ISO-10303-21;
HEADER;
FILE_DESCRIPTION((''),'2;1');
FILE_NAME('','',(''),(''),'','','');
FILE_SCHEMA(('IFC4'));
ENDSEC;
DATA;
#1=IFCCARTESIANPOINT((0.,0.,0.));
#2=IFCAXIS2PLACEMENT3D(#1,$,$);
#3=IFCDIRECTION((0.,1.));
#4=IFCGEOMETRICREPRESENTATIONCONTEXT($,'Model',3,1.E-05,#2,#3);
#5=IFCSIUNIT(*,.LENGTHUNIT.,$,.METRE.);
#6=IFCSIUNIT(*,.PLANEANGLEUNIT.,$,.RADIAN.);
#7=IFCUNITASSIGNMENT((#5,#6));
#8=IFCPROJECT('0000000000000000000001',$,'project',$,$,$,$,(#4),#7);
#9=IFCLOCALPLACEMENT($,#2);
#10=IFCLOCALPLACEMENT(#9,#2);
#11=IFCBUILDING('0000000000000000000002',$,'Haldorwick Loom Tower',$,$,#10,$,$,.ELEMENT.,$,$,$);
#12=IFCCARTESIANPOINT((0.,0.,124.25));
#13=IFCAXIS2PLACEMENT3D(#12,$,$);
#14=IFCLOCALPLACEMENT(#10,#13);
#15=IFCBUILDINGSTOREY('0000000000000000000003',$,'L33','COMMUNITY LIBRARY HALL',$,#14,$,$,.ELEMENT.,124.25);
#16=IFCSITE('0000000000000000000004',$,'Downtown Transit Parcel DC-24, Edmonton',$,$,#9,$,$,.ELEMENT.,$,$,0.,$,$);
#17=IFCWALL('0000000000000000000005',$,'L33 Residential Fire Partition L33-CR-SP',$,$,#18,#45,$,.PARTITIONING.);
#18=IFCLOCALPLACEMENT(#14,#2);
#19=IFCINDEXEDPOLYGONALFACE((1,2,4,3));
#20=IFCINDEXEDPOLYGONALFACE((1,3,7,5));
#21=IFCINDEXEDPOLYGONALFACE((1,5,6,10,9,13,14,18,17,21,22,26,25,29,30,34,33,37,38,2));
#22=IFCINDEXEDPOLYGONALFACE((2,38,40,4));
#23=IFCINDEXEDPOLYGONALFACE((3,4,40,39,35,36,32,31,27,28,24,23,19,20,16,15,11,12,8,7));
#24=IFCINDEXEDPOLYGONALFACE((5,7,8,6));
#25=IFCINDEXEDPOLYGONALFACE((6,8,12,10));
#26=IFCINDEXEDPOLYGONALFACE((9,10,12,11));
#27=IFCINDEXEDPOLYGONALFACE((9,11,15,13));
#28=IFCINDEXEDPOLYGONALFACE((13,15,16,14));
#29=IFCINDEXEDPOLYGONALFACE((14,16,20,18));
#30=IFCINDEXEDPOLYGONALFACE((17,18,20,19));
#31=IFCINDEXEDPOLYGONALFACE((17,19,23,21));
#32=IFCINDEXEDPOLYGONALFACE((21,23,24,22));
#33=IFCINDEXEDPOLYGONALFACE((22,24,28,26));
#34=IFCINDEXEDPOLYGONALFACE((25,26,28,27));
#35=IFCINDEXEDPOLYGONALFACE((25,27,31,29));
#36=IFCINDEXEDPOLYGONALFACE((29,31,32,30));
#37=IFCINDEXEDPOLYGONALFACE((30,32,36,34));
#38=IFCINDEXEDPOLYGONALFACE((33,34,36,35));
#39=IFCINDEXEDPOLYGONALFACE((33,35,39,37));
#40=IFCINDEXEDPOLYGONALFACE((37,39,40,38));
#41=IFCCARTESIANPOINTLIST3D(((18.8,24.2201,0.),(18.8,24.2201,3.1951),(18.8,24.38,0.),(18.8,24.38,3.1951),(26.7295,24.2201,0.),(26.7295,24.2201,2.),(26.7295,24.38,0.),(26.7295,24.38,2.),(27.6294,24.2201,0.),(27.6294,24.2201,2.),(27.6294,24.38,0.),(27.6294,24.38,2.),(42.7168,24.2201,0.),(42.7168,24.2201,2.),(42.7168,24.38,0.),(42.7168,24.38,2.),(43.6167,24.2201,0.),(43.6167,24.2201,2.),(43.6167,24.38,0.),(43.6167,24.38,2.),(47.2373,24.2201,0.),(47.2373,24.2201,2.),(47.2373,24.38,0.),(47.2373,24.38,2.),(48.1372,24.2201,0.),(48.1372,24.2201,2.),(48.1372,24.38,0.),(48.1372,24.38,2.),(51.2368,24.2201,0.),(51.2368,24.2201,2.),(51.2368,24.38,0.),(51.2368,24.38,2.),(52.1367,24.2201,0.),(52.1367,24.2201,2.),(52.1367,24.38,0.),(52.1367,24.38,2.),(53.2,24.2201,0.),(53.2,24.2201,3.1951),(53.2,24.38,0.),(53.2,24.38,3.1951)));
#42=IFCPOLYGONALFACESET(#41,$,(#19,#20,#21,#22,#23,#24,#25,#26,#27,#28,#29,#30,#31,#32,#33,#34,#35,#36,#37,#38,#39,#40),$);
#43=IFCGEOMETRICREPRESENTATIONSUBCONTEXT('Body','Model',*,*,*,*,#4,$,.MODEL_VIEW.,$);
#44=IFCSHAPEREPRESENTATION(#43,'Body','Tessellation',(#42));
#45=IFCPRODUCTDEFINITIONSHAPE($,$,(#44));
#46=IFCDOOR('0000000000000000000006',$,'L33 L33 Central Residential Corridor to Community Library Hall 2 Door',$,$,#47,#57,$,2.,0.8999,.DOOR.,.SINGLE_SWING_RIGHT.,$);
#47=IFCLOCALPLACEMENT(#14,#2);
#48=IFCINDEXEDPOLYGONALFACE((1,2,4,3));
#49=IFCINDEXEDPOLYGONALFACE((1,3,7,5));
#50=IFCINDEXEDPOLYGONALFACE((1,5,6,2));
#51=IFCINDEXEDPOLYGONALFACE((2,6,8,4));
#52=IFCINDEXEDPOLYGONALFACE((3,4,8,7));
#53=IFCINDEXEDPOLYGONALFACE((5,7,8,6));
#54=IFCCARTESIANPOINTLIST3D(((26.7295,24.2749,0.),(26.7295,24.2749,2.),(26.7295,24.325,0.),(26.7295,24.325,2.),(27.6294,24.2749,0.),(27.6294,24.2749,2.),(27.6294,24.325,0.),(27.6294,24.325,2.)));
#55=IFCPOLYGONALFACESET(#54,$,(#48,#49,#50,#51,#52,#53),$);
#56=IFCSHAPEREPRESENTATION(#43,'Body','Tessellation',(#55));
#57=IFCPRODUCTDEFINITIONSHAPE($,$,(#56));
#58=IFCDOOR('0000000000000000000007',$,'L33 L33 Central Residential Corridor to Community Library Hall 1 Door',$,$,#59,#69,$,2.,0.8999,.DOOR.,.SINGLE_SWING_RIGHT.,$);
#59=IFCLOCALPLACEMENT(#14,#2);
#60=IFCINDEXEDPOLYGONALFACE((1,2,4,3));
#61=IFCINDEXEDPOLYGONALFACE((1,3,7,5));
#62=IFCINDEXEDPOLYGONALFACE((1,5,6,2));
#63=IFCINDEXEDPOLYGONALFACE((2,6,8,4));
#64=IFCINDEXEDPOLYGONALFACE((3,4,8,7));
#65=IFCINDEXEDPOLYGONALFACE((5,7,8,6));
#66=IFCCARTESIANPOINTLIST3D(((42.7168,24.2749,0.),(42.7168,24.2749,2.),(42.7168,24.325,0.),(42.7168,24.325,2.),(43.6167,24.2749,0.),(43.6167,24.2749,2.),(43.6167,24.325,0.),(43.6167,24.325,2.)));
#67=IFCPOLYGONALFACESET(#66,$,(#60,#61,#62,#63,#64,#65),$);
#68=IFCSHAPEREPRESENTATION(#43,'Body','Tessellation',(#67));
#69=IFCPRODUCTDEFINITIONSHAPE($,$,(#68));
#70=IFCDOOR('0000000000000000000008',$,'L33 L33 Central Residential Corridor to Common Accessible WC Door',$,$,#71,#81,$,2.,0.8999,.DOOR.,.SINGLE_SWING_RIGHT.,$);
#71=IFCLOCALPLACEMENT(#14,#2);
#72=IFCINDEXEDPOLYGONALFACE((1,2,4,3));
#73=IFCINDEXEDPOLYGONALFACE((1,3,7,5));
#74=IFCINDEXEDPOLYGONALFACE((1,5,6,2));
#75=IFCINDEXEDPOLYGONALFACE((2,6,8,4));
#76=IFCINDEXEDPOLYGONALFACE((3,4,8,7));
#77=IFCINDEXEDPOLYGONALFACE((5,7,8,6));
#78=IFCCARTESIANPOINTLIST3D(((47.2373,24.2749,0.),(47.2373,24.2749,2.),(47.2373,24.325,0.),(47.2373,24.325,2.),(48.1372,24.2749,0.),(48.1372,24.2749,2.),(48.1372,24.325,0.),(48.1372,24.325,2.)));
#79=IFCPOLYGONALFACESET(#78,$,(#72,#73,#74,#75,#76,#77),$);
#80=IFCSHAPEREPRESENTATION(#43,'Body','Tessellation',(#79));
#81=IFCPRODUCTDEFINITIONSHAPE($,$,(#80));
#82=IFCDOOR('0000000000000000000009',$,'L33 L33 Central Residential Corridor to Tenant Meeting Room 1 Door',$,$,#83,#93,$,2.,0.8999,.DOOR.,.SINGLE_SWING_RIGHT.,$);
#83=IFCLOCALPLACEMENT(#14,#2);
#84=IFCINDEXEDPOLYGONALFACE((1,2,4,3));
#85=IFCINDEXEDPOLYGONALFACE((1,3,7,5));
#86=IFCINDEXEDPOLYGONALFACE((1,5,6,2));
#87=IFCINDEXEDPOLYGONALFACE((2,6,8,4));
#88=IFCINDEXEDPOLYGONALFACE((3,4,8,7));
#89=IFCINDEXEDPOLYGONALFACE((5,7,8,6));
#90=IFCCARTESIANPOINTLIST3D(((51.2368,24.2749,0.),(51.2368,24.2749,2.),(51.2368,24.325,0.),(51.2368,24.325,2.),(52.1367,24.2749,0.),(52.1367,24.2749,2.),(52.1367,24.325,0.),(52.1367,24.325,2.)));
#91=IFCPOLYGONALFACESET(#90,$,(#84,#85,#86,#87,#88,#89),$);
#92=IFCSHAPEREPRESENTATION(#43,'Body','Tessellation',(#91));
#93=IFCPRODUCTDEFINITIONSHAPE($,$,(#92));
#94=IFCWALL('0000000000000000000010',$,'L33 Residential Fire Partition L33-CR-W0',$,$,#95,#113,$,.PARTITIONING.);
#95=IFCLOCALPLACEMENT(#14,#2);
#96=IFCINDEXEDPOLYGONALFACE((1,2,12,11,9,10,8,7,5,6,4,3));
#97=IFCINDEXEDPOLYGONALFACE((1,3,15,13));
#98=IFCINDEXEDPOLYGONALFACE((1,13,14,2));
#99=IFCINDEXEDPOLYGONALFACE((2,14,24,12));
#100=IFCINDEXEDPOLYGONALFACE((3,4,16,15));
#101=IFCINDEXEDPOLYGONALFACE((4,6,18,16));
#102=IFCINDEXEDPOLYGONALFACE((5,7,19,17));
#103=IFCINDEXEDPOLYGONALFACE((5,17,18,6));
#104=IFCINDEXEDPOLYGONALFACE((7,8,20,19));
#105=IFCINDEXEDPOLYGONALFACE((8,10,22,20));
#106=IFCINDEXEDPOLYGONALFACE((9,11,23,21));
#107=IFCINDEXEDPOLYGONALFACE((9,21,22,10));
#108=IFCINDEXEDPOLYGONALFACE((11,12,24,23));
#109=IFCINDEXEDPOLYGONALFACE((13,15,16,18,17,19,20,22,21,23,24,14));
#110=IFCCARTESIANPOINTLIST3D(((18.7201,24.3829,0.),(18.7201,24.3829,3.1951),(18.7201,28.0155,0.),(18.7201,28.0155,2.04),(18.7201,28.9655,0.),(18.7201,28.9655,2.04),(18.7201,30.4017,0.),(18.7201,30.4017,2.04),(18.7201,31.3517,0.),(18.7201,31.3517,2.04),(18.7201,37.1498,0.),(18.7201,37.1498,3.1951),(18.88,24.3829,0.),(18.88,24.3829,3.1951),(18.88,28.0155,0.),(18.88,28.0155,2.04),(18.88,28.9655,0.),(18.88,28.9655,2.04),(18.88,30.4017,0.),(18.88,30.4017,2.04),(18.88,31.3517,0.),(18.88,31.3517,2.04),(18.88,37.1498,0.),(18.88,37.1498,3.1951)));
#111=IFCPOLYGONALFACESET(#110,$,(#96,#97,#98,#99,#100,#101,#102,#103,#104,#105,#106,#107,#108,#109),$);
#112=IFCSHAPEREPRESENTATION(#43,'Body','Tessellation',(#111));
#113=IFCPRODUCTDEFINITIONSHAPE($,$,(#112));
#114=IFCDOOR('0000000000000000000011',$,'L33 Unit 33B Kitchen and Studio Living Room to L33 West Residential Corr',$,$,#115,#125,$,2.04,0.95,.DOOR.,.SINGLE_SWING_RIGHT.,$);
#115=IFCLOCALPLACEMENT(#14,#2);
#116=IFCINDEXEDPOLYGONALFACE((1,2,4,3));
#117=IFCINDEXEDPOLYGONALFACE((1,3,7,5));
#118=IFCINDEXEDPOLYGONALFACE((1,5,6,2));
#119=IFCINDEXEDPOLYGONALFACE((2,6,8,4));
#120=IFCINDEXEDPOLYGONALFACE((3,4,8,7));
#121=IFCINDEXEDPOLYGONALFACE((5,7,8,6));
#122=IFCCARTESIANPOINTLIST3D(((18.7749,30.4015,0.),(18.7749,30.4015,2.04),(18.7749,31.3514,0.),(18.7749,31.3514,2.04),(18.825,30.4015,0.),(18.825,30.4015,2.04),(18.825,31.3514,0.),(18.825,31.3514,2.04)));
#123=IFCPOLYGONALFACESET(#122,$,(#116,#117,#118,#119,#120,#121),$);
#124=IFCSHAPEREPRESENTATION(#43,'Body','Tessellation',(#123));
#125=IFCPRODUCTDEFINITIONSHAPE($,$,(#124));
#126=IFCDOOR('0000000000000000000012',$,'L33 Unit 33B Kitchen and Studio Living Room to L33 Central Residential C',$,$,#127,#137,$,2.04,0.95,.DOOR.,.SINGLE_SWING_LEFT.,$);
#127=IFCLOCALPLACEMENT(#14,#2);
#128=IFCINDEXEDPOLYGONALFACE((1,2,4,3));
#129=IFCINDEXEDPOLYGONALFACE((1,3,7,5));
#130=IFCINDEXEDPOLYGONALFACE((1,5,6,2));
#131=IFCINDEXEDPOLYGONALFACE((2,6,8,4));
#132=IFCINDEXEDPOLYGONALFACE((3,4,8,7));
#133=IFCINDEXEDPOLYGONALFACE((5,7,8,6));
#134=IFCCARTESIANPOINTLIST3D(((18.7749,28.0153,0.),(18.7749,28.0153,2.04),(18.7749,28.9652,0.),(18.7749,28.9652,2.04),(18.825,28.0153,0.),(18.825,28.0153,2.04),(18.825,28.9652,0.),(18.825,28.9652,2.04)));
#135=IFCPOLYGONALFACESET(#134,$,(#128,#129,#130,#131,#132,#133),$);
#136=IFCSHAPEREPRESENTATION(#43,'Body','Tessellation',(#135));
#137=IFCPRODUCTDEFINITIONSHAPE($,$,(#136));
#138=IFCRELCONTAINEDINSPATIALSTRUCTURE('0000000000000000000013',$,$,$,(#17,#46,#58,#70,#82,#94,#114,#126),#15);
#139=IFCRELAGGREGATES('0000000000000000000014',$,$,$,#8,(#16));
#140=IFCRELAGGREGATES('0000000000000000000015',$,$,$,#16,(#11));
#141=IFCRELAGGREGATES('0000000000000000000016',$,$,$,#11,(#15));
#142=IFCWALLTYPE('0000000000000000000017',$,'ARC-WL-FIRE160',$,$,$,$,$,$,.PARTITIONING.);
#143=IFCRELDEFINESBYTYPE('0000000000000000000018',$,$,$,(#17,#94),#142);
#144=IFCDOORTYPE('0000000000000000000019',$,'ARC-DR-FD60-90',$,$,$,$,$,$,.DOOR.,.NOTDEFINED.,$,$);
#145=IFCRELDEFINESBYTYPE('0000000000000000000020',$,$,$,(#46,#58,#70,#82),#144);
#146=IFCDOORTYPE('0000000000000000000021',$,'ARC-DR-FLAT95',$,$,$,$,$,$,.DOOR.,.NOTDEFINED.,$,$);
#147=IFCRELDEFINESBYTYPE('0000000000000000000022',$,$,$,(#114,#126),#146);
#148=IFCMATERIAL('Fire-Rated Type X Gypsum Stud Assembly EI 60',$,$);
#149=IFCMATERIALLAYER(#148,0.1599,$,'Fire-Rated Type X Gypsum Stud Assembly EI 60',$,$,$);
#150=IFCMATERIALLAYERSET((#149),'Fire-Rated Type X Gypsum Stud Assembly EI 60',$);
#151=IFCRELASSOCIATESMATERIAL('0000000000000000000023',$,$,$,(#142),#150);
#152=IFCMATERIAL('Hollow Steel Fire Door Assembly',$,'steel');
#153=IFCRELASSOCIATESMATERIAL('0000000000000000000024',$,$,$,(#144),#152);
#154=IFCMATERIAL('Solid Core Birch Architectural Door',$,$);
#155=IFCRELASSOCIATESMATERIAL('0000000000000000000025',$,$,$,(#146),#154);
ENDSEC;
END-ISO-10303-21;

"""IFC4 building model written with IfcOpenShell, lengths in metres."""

from ifc_helpers import new_model, si_unit, direction, frame, frame_2d, origin, place, context, subcontext, project, spatial, rectangle, extrude, material, layer, layer_set, type_object, element, fill, save


model = new_model("IFC4")

# Units and contexts
model_context = context("Model", 3, precision=1e-05, world=origin(), true_north=direction((0.0, 1.0)))
body_context = subcontext(model_context, "Body", "Model", "MODEL_VIEW")
ifc_project = project(units=[si_unit("LENGTHUNIT", "METRE"), si_unit("PLANEANGLEUNIT", "RADIAN")], contexts=[model_context])

# Site, building, storey
site_placement = place(None, origin())
site = spatial("IfcSite", under=ifc_project, at=site_placement, Name="Downtown Transit Parcel DC-24, Edmonton", CompositionType="ELEMENT", RefElevation=0.0)
building_placement = place(site_placement, origin())
building = spatial("IfcBuilding", under=site, at=building_placement, Name="Haldorwick Loom Tower", CompositionType="ELEMENT")
storey_placement = place(building_placement, frame((0.0, 0.0, 124.25)))
storey = spatial("IfcBuildingStorey", under=building, at=storey_placement, Name="L33", Description="COMMUNITY LIBRARY HALL", CompositionType="ELEMENT", Elevation=124.25)

# Walls, openings, doors
ifc_material_1 = material(Name="Fire-Rated Type X Gypsum Stud Assembly EI 60")
ifc_layer_1 = layer(ifc_material_1, 0.1599, Name="Fire-Rated Type X Gypsum Stud Assembly EI 60")
ifc_layer_set_1 = layer_set([ifc_layer_1], Name="Fire-Rated Type X Gypsum Stud Assembly EI 60")
wall_type_1 = type_object("IfcWallType", Name="ARC-WL-FIRE160", PredefinedType="PARTITIONING", material=ifc_layer_set_1)
wall_1_placement = place(storey_placement, frame((18.8, 24.3, 0.0), z_axis=(0.0, 0.0, 1.0), x_axis=(1.0, 0.0, 0.0)))
wall_1 = element("IfcWall", 1, at=wall_1_placement, inside=storey, type_object=wall_type_1, Name="L33 Residential Fire Partition L33-CR-SP", PredefinedType="PARTITIONING", context=body_context, shape_type="SweptSolid", body=[
    extrude(rectangle(XDim=34.3999, YDim=0.1599, at=frame_2d((17.2, 0.0))), origin(), (0.0, 0.0, 1.0), 3.1951),
])
opening_1_placement = place(wall_1_placement, frame((7.9294, 0.0, 0.0)))
opening_1 = element("IfcOpeningElement", 2, at=opening_1_placement, cuts=wall_1, PredefinedType="OPENING", context=body_context, shape_type="SweptSolid", body=[
    extrude(rectangle(XDim=0.8999, YDim=2.0, at=frame_2d((0.45, 1.0))), frame((0.0, 0.0898, 0.0), z_axis=(0.0, -1.0, 0.0), x_axis=(1.0, 0.0, 0.0)), (0.0, 0.0, 1.0), 0.1799),
])
opening_2_placement = place(wall_1_placement, frame((23.9167, 0.0, 0.0)))
opening_2 = element("IfcOpeningElement", 3, at=opening_2_placement, cuts=wall_1, PredefinedType="OPENING", context=body_context, shape_type="SweptSolid", body=[
    extrude(rectangle(XDim=0.8999, YDim=2.0, at=frame_2d((0.45, 1.0))), frame((0.0, 0.0898, 0.0), z_axis=(0.0, -1.0, 0.0), x_axis=(1.0, 0.0, 0.0)), (0.0, 0.0, 1.0), 0.1799),
])
opening_3_placement = place(wall_1_placement, frame((28.4373, 0.0, 0.0)))
opening_3 = element("IfcOpeningElement", 4, at=opening_3_placement, cuts=wall_1, PredefinedType="OPENING", context=body_context, shape_type="SweptSolid", body=[
    extrude(rectangle(XDim=0.8999, YDim=2.0, at=frame_2d((0.45, 1.0))), frame((0.0, 0.0898, 0.0), z_axis=(0.0, -1.0, 0.0), x_axis=(1.0, 0.0, 0.0)), (0.0, 0.0, 1.0), 0.1799),
])
opening_4_placement = place(wall_1_placement, frame((32.4368, 0.0, 0.0)))
opening_4 = element("IfcOpeningElement", 5, at=opening_4_placement, cuts=wall_1, PredefinedType="OPENING", context=body_context, shape_type="SweptSolid", body=[
    extrude(rectangle(XDim=0.8999, YDim=2.0, at=frame_2d((0.45, 1.0))), frame((0.0, 0.0898, 0.0), z_axis=(0.0, -1.0, 0.0), x_axis=(1.0, 0.0, 0.0)), (0.0, 0.0, 1.0), 0.1799),
])
ifc_material_2 = material(Name="Hollow Steel Fire Door Assembly", Category="steel")
door_type_1 = type_object("IfcDoorType", Name="ARC-DR-FD60-90", OperationType="NOTDEFINED", PredefinedType="DOOR", material=ifc_material_2)
door_1_placement = place(opening_1_placement, origin())
door_1 = element("IfcDoor", 6, at=door_1_placement, inside=storey, type_object=door_type_1, Name="L33 L33 Central Residential Corridor to Community Library Hall 2 Door", OperationType="SINGLE_SWING_RIGHT", OverallHeight=2.0, OverallWidth=0.8999, PredefinedType="DOOR", context=body_context, shape_type="SweptSolid", body=[
    extrude(rectangle(XDim=0.8999, YDim=2.0, at=frame_2d((0.45, 1.0))), frame((0.0, 0.0249, 0.0), z_axis=(0.0, -1.0, 0.0), x_axis=(1.0, 0.0, 0.0)), (0.0, 0.0, 1.0), 0.05),
])
fill(opening_1, door_1)
door_2_placement = place(opening_2_placement, origin())
door_2 = element("IfcDoor", 7, at=door_2_placement, inside=storey, type_object=door_type_1, Name="L33 L33 Central Residential Corridor to Community Library Hall 1 Door", OperationType="SINGLE_SWING_RIGHT", OverallHeight=2.0, OverallWidth=0.8999, PredefinedType="DOOR", context=body_context, shape_type="SweptSolid", body=[
    extrude(rectangle(XDim=0.8999, YDim=2.0, at=frame_2d((0.45, 1.0))), frame((0.0, 0.0249, 0.0), z_axis=(0.0, -1.0, 0.0), x_axis=(1.0, 0.0, 0.0)), (0.0, 0.0, 1.0), 0.05),
])
fill(opening_2, door_2)
door_3_placement = place(opening_3_placement, origin())
door_3 = element("IfcDoor", 8, at=door_3_placement, inside=storey, type_object=door_type_1, Name="L33 L33 Central Residential Corridor to Common Accessible WC Door", OperationType="SINGLE_SWING_RIGHT", OverallHeight=2.0, OverallWidth=0.8999, PredefinedType="DOOR", context=body_context, shape_type="SweptSolid", body=[
    extrude(rectangle(XDim=0.8999, YDim=2.0, at=frame_2d((0.45, 1.0))), frame((0.0, 0.0249, 0.0), z_axis=(0.0, -1.0, 0.0), x_axis=(1.0, 0.0, 0.0)), (0.0, 0.0, 1.0), 0.05),
])
fill(opening_3, door_3)
door_4_placement = place(opening_4_placement, origin())
door_4 = element("IfcDoor", 9, at=door_4_placement, inside=storey, type_object=door_type_1, Name="L33 L33 Central Residential Corridor to Tenant Meeting Room 1 Door", OperationType="SINGLE_SWING_RIGHT", OverallHeight=2.0, OverallWidth=0.8999, PredefinedType="DOOR", context=body_context, shape_type="SweptSolid", body=[
    extrude(rectangle(XDim=0.8999, YDim=2.0, at=frame_2d((0.45, 1.0))), frame((0.0, 0.0249, 0.0), z_axis=(0.0, -1.0, 0.0), x_axis=(1.0, 0.0, 0.0)), (0.0, 0.0, 1.0), 0.05),
])
fill(opening_4, door_4)
wall_2_placement = place(storey_placement, frame((18.8, 24.3831, 0.0), z_axis=(0.0, 0.0, 1.0), x_axis=(0.0, 1.0, 0.0)))
wall_2 = element("IfcWall", 10, at=wall_2_placement, inside=storey, type_object=wall_type_1, Name="L33 Residential Fire Partition L33-CR-W0", PredefinedType="PARTITIONING", context=body_context, shape_type="SweptSolid", body=[
    extrude(rectangle(XDim=12.7668, YDim=0.1599, at=frame_2d((6.3833, 0.0))), origin(), (0.0, 0.0, 1.0), 3.1951),
])
opening_5_placement = place(wall_2_placement, frame((6.0186, 0.0, 0.0)))
opening_5 = element("IfcOpeningElement", 11, at=opening_5_placement, cuts=wall_2, PredefinedType="OPENING", context=body_context, shape_type="SweptSolid", body=[
    extrude(rectangle(XDim=0.95, YDim=2.04, at=frame_2d((0.4751, 1.02))), frame((0.0, 0.0898, 0.0), z_axis=(0.0, -1.0, 0.0), x_axis=(1.0, 0.0, 0.0)), (0.0, 0.0, 1.0), 0.1799),
])
opening_6_placement = place(wall_2_placement, frame((3.6323, 0.0, 0.0)))
opening_6 = element("IfcOpeningElement", 12, at=opening_6_placement, cuts=wall_2, PredefinedType="OPENING", context=body_context, shape_type="SweptSolid", body=[
    extrude(rectangle(XDim=0.95, YDim=2.04, at=frame_2d((0.4751, 1.02))), frame((0.0, 0.0898, 0.0), z_axis=(0.0, -1.0, 0.0), x_axis=(1.0, 0.0, 0.0)), (0.0, 0.0, 1.0), 0.1799),
])
ifc_material_3 = material(Name="Solid Core Birch Architectural Door")
door_type_2 = type_object("IfcDoorType", Name="ARC-DR-FLAT95", OperationType="NOTDEFINED", PredefinedType="DOOR", material=ifc_material_3)
door_5_placement = place(opening_5_placement, frame((0.95, 0.0, 0.0), z_axis=(0.0, 0.0, 1.0), x_axis=(-1.0, 0.0, 0.0)))
door_5 = element("IfcDoor", 13, at=door_5_placement, inside=storey, type_object=door_type_2, Name="L33 Unit 33B Kitchen and Studio Living Room to L33 West Residential Corr", OperationType="SINGLE_SWING_RIGHT", OverallHeight=2.04, OverallWidth=0.95, PredefinedType="DOOR", context=body_context, shape_type="SweptSolid", body=[
    extrude(rectangle(XDim=0.95, YDim=2.04, at=frame_2d((0.4751, 1.02))), frame((0.0, 0.0249, 0.0), z_axis=(0.0, -1.0, 0.0), x_axis=(1.0, 0.0, 0.0)), (0.0, 0.0, 1.0), 0.05),
])
fill(opening_5, door_5)
door_6_placement = place(opening_6_placement, frame((0.95, 0.0, 0.0), z_axis=(0.0, 0.0, 1.0), x_axis=(-1.0, 0.0, 0.0)))
door_6 = element("IfcDoor", 14, at=door_6_placement, inside=storey, type_object=door_type_2, Name="L33 Unit 33B Kitchen and Studio Living Room to L33 Central Residential C", OperationType="SINGLE_SWING_LEFT", OverallHeight=2.04, OverallWidth=0.95, PredefinedType="DOOR", context=body_context, shape_type="SweptSolid", body=[
    extrude(rectangle(XDim=0.95, YDim=2.04, at=frame_2d((0.4751, 1.02))), frame((0.0, 0.0249, 0.0), z_axis=(0.0, -1.0, 0.0), x_axis=(1.0, 0.0, 0.0)), (0.0, 0.0, 1.0), 0.05),
])
fill(opening_6, door_6)

save(model, "model.ifc")
